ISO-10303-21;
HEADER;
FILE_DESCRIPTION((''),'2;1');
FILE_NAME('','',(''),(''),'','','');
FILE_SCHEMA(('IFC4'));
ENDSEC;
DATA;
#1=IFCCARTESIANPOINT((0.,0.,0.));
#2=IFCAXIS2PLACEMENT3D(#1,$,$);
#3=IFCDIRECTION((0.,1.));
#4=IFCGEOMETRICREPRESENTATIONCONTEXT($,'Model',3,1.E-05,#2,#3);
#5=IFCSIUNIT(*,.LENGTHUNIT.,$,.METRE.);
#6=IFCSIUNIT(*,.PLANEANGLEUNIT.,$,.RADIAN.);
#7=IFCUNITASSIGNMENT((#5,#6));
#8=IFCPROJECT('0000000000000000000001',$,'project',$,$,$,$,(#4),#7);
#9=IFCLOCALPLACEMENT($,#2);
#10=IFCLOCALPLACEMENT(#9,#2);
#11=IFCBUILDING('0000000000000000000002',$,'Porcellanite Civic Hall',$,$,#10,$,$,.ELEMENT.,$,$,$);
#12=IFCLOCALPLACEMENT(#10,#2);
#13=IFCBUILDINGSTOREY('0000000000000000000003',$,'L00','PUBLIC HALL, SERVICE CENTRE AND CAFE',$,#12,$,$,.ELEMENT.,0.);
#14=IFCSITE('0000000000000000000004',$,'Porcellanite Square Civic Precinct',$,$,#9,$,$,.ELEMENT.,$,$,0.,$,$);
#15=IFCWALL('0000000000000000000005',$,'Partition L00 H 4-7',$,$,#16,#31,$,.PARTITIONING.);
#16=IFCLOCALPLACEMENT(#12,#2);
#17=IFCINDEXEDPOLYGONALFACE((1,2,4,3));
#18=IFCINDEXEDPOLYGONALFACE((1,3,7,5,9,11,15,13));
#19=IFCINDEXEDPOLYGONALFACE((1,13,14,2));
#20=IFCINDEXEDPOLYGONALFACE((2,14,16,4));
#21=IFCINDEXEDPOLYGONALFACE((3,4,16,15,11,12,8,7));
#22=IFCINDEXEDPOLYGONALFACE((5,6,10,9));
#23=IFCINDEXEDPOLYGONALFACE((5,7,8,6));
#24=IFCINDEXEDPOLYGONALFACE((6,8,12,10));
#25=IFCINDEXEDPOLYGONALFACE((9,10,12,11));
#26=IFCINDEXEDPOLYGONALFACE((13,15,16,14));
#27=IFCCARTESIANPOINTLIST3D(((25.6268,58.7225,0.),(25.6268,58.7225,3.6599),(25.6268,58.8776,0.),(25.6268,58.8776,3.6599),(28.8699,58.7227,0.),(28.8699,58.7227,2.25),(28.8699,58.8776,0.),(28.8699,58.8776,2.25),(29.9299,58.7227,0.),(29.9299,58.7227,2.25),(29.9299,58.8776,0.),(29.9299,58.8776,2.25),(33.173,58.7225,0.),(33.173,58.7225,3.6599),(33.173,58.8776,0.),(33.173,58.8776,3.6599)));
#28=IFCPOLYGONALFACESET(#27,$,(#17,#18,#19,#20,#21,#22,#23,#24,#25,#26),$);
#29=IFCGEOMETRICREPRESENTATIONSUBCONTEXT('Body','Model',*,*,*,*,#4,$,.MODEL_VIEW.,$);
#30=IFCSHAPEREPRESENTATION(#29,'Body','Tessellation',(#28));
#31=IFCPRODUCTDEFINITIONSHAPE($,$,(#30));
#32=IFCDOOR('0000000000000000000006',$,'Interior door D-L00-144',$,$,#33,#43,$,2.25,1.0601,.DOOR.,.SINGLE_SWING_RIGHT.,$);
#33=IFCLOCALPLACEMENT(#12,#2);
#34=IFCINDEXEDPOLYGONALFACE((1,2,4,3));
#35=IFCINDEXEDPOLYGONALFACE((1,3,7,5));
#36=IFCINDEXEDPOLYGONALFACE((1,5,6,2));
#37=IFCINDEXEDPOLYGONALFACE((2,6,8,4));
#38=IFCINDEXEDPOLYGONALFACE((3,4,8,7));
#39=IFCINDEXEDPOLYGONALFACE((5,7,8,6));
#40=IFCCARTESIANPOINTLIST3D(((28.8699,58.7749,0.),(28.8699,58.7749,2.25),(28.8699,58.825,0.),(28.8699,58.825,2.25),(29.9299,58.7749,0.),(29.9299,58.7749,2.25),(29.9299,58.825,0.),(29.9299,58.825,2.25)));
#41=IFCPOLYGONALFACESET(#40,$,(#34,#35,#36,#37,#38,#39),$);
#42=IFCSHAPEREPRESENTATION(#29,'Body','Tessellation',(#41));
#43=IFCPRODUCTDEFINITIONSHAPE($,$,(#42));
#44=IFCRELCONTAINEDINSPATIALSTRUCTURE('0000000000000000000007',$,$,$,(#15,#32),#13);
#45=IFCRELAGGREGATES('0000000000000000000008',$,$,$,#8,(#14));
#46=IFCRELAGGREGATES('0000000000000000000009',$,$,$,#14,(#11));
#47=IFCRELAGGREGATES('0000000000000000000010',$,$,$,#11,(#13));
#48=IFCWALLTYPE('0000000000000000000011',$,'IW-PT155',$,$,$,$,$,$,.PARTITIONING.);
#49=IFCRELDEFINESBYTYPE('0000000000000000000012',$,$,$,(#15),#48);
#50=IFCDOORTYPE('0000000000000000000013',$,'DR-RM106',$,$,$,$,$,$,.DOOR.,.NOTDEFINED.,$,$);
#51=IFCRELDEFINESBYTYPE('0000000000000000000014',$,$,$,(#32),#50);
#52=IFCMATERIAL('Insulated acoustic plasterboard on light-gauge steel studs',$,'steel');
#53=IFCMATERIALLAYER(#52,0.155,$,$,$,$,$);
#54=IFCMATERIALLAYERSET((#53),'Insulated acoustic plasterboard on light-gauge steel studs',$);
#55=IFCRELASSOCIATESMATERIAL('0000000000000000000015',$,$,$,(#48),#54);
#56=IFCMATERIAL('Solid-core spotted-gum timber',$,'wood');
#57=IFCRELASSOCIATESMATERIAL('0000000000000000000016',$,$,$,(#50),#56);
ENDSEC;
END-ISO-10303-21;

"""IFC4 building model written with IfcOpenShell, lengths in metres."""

from ifc_helpers import new_model, si_unit, direction, frame, frame_2d, origin, place, context, subcontext, project, spatial, rectangle, extrude, material, layer, layer_set, type_object, element, fill, save


model = new_model("IFC4")

# Units and contexts
model_context = context("Model", 3, precision=1e-05, world=origin(), true_north=direction((0.0, 1.0)))
body_context = subcontext(model_context, "Body", "Model", "MODEL_VIEW")
ifc_project = project(units=[si_unit("LENGTHUNIT", "METRE"), si_unit("PLANEANGLEUNIT", "RADIAN")], contexts=[model_context])

# Site, building, storey
site_placement = place(None, origin())
site = spatial("IfcSite", under=ifc_project, at=site_placement, Name="Porcellanite Square Civic Precinct", CompositionType="ELEMENT", RefElevation=0.0)
building_placement = place(site_placement, origin())
building = spatial("IfcBuilding", under=site, at=building_placement, Name="Porcellanite Civic Hall", CompositionType="ELEMENT")
storey_placement = place(building_placement, origin())
storey = spatial("IfcBuildingStorey", under=building, at=storey_placement, Name="L00", Description="PUBLIC HALL, SERVICE CENTRE AND CAFE", CompositionType="ELEMENT", Elevation=0.0)

# Wall, opening, door
ifc_material_1 = material(Name="Insulated acoustic plasterboard on light-gauge steel studs", Category="steel")
ifc_layer_1 = layer(ifc_material_1, 0.155)
ifc_layer_set_1 = layer_set([ifc_layer_1], Name="Insulated acoustic plasterboard on light-gauge steel studs")
wall_type_1 = type_object("IfcWallType", Name="IW-PT155", PredefinedType="PARTITIONING", material=ifc_layer_set_1)
wall_1_placement = place(storey_placement, frame((25.627, 58.8, 0.0), z_axis=(0.0, 0.0, 1.0), x_axis=(1.0, 0.0, 0.0)))
wall_1 = element("IfcWall", 1, at=wall_1_placement, inside=storey, type_object=wall_type_1, Name="Partition L00 H 4-7", PredefinedType="PARTITIONING", context=body_context, shape_type="SweptSolid", body=[
    extrude(rectangle(XDim=7.5461, YDim=0.155, at=frame_2d((3.7729, 0.0))), origin(), (0.0, 0.0, 1.0), 3.6599),
])
opening_1_placement = place(wall_1_placement, frame((3.2429, 0.0, 0.0)))
opening_1 = element("IfcOpeningElement", 2, at=opening_1_placement, cuts=wall_1, PredefinedType="OPENING", context=body_context, shape_type="SweptSolid", body=[
    extrude(rectangle(XDim=1.0601, YDim=2.25, at=frame_2d((0.53, 1.125))), frame((0.0, 0.0776, 0.0), z_axis=(0.0, -1.0, 0.0), x_axis=(1.0, 0.0, 0.0)), (0.0, 0.0, 1.0), 0.155),
])
ifc_material_2 = material(Name="Solid-core spotted-gum timber", Category="wood")
door_type_1 = type_object("IfcDoorType", Name="DR-RM106", OperationType="NOTDEFINED", PredefinedType="DOOR", material=ifc_material_2)
door_1_placement = place(opening_1_placement, origin())
door_1 = element("IfcDoor", 3, at=door_1_placement, inside=storey, type_object=door_type_1, Name="Interior door D-L00-144", OperationType="SINGLE_SWING_RIGHT", OverallHeight=2.25, OverallWidth=1.0601, PredefinedType="DOOR", context=body_context, shape_type="SweptSolid", body=[
    extrude(rectangle(XDim=1.0601, YDim=2.25, at=frame_2d((0.53, 1.125))), frame((0.0, 0.0249, 0.0), z_axis=(0.0, -1.0, 0.0), x_axis=(1.0, 0.0, 0.0)), (0.0, 0.0, 1.0), 0.05),
])
fill(opening_1, door_1)

save(model, "model.ifc")
